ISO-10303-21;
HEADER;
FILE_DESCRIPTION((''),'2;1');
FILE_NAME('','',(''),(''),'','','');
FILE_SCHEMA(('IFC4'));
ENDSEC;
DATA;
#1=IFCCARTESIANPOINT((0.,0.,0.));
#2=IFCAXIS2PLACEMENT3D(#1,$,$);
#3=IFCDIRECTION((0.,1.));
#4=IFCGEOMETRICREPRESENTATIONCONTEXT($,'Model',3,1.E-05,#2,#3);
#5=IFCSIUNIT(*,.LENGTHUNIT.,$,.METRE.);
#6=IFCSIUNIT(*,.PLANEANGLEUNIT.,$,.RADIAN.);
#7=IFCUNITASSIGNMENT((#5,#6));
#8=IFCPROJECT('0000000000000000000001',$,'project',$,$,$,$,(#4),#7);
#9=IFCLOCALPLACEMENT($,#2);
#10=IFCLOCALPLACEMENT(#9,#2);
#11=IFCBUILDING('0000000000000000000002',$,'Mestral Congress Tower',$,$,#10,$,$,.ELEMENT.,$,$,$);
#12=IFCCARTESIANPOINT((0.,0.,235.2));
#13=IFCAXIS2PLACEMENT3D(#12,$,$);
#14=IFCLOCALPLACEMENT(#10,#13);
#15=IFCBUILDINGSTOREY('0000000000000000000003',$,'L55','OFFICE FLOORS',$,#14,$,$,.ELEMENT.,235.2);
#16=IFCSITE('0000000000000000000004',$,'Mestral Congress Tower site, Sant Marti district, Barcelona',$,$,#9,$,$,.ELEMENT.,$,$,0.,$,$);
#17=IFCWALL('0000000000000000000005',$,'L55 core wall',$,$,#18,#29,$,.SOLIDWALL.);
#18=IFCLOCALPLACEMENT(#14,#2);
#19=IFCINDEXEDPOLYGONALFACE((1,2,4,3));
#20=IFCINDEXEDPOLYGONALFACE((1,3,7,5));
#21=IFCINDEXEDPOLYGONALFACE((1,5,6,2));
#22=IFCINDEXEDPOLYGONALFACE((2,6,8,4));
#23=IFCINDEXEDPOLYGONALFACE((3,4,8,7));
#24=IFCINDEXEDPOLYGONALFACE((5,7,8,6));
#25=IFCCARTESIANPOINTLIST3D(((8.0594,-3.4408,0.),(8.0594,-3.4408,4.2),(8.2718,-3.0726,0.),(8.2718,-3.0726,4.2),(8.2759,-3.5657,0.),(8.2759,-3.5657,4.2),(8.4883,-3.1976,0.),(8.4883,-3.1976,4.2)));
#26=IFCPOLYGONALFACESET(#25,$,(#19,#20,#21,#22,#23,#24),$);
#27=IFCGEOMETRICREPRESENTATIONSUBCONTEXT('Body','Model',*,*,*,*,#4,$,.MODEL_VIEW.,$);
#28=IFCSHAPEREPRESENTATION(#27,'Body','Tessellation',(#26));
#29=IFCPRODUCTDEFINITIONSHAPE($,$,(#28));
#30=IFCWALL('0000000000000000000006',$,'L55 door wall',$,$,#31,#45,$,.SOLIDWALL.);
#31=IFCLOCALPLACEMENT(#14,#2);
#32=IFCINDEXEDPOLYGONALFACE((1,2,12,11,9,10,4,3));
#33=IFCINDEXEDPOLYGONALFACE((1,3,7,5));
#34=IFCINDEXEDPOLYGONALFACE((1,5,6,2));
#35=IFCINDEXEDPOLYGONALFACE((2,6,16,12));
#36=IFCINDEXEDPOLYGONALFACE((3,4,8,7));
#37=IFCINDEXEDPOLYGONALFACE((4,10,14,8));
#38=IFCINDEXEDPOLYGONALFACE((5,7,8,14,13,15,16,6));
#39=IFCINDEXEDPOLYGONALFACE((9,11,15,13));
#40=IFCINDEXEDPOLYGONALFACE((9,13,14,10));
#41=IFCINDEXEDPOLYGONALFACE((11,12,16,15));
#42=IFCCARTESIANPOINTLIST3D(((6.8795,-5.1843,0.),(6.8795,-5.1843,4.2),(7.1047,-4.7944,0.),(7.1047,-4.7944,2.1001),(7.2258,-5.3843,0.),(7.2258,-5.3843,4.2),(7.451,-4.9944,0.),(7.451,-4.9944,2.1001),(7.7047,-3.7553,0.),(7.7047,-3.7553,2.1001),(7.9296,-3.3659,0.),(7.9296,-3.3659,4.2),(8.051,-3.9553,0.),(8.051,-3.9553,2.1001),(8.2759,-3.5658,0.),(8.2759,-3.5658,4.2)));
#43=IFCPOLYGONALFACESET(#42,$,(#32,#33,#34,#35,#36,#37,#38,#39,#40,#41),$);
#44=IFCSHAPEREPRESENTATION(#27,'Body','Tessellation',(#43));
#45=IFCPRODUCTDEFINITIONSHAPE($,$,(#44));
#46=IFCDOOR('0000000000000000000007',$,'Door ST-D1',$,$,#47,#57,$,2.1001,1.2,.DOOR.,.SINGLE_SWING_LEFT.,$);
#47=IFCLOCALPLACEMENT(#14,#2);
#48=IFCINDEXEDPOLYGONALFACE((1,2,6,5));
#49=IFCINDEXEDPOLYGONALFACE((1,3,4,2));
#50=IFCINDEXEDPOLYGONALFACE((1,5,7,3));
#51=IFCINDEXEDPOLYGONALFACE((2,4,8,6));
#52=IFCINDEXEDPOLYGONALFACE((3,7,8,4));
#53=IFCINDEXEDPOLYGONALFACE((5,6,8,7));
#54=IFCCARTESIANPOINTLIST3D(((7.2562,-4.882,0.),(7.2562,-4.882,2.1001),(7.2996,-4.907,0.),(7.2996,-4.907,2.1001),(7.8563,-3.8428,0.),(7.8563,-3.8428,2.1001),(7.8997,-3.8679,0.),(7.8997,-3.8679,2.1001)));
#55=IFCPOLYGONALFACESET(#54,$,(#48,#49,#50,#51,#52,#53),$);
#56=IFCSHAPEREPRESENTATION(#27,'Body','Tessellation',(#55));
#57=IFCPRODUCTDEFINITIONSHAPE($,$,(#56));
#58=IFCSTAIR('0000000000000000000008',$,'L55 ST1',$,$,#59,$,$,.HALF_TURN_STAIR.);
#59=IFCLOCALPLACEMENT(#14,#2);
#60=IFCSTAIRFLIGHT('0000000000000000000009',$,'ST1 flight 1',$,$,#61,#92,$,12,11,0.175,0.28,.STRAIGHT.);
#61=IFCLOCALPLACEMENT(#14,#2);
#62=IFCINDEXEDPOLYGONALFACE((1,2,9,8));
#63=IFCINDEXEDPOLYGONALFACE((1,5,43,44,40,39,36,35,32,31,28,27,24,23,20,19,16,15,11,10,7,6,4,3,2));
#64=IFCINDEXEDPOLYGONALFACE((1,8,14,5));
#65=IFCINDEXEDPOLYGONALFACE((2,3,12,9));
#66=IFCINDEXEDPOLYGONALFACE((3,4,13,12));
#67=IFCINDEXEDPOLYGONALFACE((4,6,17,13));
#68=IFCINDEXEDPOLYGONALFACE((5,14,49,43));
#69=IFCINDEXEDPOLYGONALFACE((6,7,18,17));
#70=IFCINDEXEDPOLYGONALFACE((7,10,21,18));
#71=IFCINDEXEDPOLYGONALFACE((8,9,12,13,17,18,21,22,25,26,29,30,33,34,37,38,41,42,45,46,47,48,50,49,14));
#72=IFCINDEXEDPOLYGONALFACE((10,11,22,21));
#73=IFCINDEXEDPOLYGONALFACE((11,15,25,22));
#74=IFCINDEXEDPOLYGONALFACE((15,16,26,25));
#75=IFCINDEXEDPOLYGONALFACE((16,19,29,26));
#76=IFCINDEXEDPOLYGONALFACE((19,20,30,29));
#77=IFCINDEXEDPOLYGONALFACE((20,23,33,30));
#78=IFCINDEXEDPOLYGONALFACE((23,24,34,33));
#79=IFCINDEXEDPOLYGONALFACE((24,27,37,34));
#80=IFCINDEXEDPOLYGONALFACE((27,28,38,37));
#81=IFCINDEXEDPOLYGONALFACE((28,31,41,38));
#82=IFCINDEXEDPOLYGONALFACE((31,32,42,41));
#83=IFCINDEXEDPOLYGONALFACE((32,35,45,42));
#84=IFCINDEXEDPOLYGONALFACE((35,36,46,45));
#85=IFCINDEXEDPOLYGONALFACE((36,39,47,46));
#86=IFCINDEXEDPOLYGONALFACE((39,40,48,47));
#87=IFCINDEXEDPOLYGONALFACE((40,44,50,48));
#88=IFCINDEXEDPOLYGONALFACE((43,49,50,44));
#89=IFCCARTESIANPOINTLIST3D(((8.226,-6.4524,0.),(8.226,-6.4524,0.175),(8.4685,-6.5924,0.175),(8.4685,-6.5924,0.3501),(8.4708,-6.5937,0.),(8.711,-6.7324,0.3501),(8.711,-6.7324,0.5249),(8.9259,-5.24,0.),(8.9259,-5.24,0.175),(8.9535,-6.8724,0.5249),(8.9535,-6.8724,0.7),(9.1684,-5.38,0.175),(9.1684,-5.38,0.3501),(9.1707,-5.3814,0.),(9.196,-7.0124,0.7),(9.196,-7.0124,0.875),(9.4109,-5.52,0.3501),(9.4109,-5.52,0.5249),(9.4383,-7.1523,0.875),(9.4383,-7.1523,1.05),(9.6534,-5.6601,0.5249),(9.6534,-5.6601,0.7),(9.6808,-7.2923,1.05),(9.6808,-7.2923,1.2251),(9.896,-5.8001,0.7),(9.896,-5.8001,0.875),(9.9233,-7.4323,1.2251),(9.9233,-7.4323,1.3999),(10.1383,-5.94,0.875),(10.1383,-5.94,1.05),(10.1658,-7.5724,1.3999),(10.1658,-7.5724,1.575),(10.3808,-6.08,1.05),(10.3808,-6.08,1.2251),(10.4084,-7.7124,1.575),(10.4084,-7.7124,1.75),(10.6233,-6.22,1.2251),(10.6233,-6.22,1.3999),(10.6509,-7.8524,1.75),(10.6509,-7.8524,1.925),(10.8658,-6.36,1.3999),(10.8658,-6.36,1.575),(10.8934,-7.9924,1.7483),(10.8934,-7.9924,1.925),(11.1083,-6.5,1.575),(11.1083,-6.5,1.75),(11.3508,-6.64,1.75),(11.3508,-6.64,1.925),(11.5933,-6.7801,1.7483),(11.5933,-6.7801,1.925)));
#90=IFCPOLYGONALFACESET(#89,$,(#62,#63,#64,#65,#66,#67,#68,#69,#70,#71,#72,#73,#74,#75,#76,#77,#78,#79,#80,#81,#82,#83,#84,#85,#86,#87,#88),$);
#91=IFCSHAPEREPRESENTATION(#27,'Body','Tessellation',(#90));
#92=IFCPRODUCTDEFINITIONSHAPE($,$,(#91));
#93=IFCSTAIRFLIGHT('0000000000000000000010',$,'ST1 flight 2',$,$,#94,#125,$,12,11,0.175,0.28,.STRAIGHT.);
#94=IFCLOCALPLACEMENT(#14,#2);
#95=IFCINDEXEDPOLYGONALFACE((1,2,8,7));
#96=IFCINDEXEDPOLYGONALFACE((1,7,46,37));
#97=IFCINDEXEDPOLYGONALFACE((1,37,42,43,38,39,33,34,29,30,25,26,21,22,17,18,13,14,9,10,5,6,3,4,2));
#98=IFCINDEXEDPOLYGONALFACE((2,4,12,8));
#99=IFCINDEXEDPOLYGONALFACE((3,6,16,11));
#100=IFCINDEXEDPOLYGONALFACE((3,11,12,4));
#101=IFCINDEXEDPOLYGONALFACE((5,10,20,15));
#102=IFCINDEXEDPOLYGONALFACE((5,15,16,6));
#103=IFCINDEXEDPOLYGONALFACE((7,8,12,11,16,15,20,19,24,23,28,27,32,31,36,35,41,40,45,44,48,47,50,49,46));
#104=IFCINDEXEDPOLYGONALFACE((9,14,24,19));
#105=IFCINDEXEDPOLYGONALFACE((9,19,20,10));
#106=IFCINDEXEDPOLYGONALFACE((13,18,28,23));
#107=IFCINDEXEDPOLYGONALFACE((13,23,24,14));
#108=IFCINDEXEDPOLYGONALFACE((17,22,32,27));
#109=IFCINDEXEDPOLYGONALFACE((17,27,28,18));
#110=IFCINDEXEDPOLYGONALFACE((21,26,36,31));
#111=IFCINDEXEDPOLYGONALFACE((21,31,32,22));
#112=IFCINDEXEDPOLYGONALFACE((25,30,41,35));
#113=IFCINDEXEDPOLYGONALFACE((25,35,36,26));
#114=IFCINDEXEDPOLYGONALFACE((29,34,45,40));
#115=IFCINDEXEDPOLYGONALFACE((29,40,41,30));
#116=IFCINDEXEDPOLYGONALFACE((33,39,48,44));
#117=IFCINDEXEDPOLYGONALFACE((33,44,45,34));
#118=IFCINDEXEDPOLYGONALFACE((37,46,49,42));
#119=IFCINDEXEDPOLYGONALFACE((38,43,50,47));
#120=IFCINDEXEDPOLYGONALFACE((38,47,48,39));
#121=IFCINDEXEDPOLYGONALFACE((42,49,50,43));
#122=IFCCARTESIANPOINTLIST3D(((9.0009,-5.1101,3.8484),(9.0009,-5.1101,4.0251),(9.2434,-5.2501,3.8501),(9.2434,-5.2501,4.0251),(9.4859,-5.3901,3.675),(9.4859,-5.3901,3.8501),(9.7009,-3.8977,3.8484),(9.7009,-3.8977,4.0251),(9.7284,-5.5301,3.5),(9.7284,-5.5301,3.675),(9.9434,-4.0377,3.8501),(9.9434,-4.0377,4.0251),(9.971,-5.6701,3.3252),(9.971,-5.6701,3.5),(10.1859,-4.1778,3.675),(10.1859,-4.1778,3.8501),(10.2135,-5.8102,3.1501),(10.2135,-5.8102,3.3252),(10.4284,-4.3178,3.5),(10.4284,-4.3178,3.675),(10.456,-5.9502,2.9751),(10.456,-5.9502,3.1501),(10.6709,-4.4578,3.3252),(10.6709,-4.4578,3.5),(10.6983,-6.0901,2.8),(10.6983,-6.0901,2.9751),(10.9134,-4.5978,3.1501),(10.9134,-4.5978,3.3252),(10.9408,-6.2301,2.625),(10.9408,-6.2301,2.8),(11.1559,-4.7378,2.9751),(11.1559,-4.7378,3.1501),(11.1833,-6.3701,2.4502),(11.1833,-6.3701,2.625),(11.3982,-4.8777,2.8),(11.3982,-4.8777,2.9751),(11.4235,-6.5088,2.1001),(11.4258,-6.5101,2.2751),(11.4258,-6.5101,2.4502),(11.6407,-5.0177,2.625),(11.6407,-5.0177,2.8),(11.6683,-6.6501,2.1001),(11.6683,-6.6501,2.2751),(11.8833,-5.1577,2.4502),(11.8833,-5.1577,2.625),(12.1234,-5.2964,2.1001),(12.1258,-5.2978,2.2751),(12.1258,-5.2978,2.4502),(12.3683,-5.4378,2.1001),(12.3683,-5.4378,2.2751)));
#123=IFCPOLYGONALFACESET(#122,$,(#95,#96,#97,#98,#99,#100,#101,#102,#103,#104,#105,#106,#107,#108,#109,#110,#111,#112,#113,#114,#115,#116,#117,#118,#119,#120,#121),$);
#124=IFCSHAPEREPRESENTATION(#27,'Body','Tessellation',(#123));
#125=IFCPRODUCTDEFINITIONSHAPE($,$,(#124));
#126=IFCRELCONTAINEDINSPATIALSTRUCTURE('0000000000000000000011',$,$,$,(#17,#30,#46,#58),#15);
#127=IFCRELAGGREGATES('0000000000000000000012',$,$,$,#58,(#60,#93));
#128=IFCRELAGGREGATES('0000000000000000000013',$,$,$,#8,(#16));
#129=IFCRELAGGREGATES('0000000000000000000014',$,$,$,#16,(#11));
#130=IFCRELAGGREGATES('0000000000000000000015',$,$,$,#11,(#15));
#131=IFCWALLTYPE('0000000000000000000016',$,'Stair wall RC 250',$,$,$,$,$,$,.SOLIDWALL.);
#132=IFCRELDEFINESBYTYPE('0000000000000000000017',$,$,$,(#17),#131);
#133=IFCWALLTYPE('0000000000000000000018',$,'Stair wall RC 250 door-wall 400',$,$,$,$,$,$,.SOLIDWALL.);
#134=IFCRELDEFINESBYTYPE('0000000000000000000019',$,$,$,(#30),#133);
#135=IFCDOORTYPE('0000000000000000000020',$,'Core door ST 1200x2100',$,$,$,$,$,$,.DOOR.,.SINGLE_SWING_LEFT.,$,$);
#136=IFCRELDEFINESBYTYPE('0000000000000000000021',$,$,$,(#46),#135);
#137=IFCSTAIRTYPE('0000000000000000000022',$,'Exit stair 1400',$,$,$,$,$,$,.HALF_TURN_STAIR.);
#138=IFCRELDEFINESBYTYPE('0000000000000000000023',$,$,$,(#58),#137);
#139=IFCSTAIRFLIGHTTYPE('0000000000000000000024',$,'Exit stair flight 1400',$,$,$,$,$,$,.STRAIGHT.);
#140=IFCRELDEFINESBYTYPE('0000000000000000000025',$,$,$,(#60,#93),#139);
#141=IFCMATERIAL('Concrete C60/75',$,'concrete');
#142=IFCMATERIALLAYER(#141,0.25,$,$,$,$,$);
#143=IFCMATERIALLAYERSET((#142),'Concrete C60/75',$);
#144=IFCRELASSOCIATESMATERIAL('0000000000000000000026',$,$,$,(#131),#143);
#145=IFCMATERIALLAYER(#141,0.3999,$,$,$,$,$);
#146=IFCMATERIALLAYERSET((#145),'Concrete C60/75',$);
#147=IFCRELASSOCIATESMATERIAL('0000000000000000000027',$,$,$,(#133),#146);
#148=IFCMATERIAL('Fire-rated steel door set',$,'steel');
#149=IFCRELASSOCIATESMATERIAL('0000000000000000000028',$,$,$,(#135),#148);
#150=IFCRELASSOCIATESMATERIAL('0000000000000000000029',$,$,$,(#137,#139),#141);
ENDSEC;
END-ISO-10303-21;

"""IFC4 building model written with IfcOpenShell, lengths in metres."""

from ifc_helpers import new_model, si_unit, direction, frame, frame_2d, origin, place, context, subcontext, project, spatial, polyline, rectangle, outline, extrude, material, layer, layer_set, type_object, element, fill, aggregate, save


model = new_model("IFC4")

# Units and contexts
model_context = context("Model", 3, precision=1e-05, world=origin(), true_north=direction((0.0, 1.0)))
body_context = subcontext(model_context, "Body", "Model", "MODEL_VIEW")
ifc_project = project(units=[si_unit("LENGTHUNIT", "METRE"), si_unit("PLANEANGLEUNIT", "RADIAN")], contexts=[model_context])

# Site, building, storey
site_placement = place(None, origin())
site = spatial("IfcSite", under=ifc_project, at=site_placement, Name="Mestral Congress Tower site, Sant Marti district, Barcelona", CompositionType="ELEMENT", RefElevation=0.0)
building_placement = place(site_placement, origin())
building = spatial("IfcBuilding", under=site, at=building_placement, Name="Mestral Congress Tower", CompositionType="ELEMENT")
storey_placement = place(building_placement, frame((0.0, 0.0, 235.2)))
storey = spatial("IfcBuildingStorey", under=building, at=storey_placement, Name="L55", Description="OFFICE FLOORS", CompositionType="ELEMENT", Elevation=235.2)

# Shared definitions
ifc_material_1 = material(Name="Fire-rated steel door set", Category="steel")
ifc_material_2 = material(Name="Concrete C60/75", Category="concrete")

# Wall
ifc_layer_1 = layer(ifc_material_2, 0.25)
ifc_layer_set_1 = layer_set([ifc_layer_1], Name="Concrete C60/75")
wall_type_1 = type_object("IfcWallType", Name="Stair wall RC 250", PredefinedType="SOLIDWALL", material=ifc_layer_set_1)
wall_1_placement = place(storey_placement, frame((8.1677, -3.5032, 0.0), z_axis=(0.0, 0.0, 1.0), x_axis=(0.499722, 0.866186, 0.0)))
element("IfcWall", 1, at=wall_1_placement, inside=storey, type_object=wall_type_1, Name="L55 core wall", PredefinedType="SOLIDWALL", context=body_context, shape_type="SweptSolid", body=[
    extrude(rectangle(XDim=0.425, YDim=0.25, at=frame_2d((0.2124, 0.0))), origin(), (0.0, 0.0, 1.0), 4.2),
])

# Wall, opening, door
ifc_layer_2 = layer(ifc_material_2, 0.3999)
ifc_layer_set_2 = layer_set([ifc_layer_2], Name="Concrete C60/75")
wall_type_2 = type_object("IfcWallType", Name="Stair wall RC 250 door-wall 400", PredefinedType="SOLIDWALL", material=ifc_layer_set_2)
wall_2_placement = place(storey_placement, frame((7.0527, -5.2842, 0.0), z_axis=(0.0, 0.0, 1.0), x_axis=(0.500078, 0.86598, 0.0)))
wall_2 = element("IfcWall", 2, at=wall_2_placement, inside=storey, type_object=wall_type_2, Name="L55 door wall", PredefinedType="SOLIDWALL", context=body_context, shape_type="SweptSolid", body=[
    extrude(rectangle(XDim=2.0999, YDim=0.3999, at=frame_2d((1.0498, 0.0))), origin(), (0.0, 0.0, 1.0), 4.2),
])
opening_1_placement = place(wall_2_placement, frame((0.45, 0.0, 0.0)))
opening_1 = element("IfcOpeningElement", 3, at=opening_1_placement, cuts=wall_2, PredefinedType="OPENING", context=body_context, shape_type="SweptSolid", body=[
    extrude(rectangle(XDim=1.2, YDim=2.1001, at=frame_2d((0.6001, 1.05))), frame((0.0, 0.21, 0.0), z_axis=(0.0, -1.0, 0.0), x_axis=(1.0, 0.0, 0.0)), (0.0, 0.0, 1.0), 0.4199),
])
door_type_1 = type_object("IfcDoorType", Name="Core door ST 1200x2100", OperationType="SINGLE_SWING_LEFT", PredefinedType="DOOR", material=ifc_material_1)
door_1_placement = place(opening_1_placement, origin())
door_1 = element("IfcDoor", 4, at=door_1_placement, inside=storey, type_object=door_type_1, Name="Door ST-D1", OperationType="SINGLE_SWING_LEFT", OverallHeight=2.1001, OverallWidth=1.2, PredefinedType="DOOR", context=body_context, shape_type="SweptSolid", body=[
    extrude(rectangle(XDim=1.2, YDim=2.1001, at=frame_2d((0.6001, 1.05))), frame((0.0, 0.0249, 0.0), z_axis=(0.0, -1.0, 0.0), x_axis=(1.0, 0.0, 0.0)), (0.0, 0.0, 1.0), 0.05),
])
fill(opening_1, door_1)

# Stair, stair flights
stair_type = type_object("IfcStairType", Name="Exit stair 1400", PredefinedType="HALF_TURN_STAIR", material=ifc_material_2)
stair_placement = place(storey_placement, origin())
stair = element("IfcStair", 5, at=stair_placement, inside=storey, type_object=stair_type, Name="L55 ST1", PredefinedType="HALF_TURN_STAIR")
stair_flight_type = type_object("IfcStairFlightType", Name="Exit stair flight 1400", PredefinedType="STRAIGHT", material=ifc_material_2)
stair_flight_1_placement = place(storey_placement, frame((8.5759, -5.8462, 0.0), z_axis=(0.0, 0.0, 1.0), x_axis=(0.866025, -0.5, 0.0)))
stair_flight_1 = element("IfcStairFlight", 6, at=stair_flight_1_placement, type_object=stair_flight_type, Name="ST1 flight 1", NumberOfRisers=12, NumberOfTreads=11, PredefinedType="STRAIGHT", RiserHeight=0.175, TreadLength=0.28, context=body_context, shape_type="SweptSolid", body=[
    extrude(outline(polyline([(0.0, 0.0), (0.0, 0.175), (0.28, 0.175), (0.28, 0.3501), (0.5601, 0.3501), (0.5601, 0.5249), (0.8401, 0.5249), (0.8401, 0.7), (1.1201, 0.7), (1.1201, 0.875), (1.3999, 0.875), (1.3999, 1.05), (1.6799, 1.05), (1.6799, 1.2251), (1.96, 1.2251), (1.96, 1.3999), (2.24, 1.3999), (2.24, 1.575), (2.52, 1.575), (2.52, 1.75), (2.8, 1.75), (2.8, 1.925), (3.0801, 1.925), (3.0801, 2.1001), (3.0801, 1.7483), (0.2827, 0.0), (0.0, 0.0)])), frame((0.0, 0.7, 0.0), z_axis=(0.0, -1.0, 0.0), x_axis=(1.0, 0.0, 0.0)), (0.0, 0.0, 1.0), 1.3999),
])
stair_flight_2_placement = place(storey_placement, frame((12.0183, -6.0439, 2.1001), z_axis=(0.0, 0.0, 1.0), x_axis=(-0.866025, 0.5, 0.0)))
stair_flight_2 = element("IfcStairFlight", 7, at=stair_flight_2_placement, type_object=stair_flight_type, Name="ST1 flight 2", NumberOfRisers=12, NumberOfTreads=11, PredefinedType="STRAIGHT", RiserHeight=0.175, TreadLength=0.28, context=body_context, shape_type="SweptSolid", body=[
    extrude(outline(polyline([(0.0, 0.0), (0.0, 0.175), (0.28, 0.175), (0.28, 0.3501), (0.5601, 0.3501), (0.5601, 0.5249), (0.8401, 0.5249), (0.8401, 0.7), (1.1201, 0.7), (1.1201, 0.875), (1.3999, 0.875), (1.3999, 1.05), (1.6799, 1.05), (1.6799, 1.2251), (1.96, 1.2251), (1.96, 1.3999), (2.24, 1.3999), (2.24, 1.575), (2.52, 1.575), (2.52, 1.75), (2.8, 1.75), (2.8, 1.925), (3.0801, 1.925), (3.0801, 2.1001), (3.0801, 1.7483), (0.2827, 0.0), (0.0, 0.0)])), frame((0.0, 0.7, 0.0), z_axis=(0.0, -1.0, 0.0), x_axis=(1.0, 0.0, 0.0)), (0.0, 0.0, 1.0), 1.3999),
])
aggregate(stair, [stair_flight_1, stair_flight_2])

save(model, "model.ifc")
